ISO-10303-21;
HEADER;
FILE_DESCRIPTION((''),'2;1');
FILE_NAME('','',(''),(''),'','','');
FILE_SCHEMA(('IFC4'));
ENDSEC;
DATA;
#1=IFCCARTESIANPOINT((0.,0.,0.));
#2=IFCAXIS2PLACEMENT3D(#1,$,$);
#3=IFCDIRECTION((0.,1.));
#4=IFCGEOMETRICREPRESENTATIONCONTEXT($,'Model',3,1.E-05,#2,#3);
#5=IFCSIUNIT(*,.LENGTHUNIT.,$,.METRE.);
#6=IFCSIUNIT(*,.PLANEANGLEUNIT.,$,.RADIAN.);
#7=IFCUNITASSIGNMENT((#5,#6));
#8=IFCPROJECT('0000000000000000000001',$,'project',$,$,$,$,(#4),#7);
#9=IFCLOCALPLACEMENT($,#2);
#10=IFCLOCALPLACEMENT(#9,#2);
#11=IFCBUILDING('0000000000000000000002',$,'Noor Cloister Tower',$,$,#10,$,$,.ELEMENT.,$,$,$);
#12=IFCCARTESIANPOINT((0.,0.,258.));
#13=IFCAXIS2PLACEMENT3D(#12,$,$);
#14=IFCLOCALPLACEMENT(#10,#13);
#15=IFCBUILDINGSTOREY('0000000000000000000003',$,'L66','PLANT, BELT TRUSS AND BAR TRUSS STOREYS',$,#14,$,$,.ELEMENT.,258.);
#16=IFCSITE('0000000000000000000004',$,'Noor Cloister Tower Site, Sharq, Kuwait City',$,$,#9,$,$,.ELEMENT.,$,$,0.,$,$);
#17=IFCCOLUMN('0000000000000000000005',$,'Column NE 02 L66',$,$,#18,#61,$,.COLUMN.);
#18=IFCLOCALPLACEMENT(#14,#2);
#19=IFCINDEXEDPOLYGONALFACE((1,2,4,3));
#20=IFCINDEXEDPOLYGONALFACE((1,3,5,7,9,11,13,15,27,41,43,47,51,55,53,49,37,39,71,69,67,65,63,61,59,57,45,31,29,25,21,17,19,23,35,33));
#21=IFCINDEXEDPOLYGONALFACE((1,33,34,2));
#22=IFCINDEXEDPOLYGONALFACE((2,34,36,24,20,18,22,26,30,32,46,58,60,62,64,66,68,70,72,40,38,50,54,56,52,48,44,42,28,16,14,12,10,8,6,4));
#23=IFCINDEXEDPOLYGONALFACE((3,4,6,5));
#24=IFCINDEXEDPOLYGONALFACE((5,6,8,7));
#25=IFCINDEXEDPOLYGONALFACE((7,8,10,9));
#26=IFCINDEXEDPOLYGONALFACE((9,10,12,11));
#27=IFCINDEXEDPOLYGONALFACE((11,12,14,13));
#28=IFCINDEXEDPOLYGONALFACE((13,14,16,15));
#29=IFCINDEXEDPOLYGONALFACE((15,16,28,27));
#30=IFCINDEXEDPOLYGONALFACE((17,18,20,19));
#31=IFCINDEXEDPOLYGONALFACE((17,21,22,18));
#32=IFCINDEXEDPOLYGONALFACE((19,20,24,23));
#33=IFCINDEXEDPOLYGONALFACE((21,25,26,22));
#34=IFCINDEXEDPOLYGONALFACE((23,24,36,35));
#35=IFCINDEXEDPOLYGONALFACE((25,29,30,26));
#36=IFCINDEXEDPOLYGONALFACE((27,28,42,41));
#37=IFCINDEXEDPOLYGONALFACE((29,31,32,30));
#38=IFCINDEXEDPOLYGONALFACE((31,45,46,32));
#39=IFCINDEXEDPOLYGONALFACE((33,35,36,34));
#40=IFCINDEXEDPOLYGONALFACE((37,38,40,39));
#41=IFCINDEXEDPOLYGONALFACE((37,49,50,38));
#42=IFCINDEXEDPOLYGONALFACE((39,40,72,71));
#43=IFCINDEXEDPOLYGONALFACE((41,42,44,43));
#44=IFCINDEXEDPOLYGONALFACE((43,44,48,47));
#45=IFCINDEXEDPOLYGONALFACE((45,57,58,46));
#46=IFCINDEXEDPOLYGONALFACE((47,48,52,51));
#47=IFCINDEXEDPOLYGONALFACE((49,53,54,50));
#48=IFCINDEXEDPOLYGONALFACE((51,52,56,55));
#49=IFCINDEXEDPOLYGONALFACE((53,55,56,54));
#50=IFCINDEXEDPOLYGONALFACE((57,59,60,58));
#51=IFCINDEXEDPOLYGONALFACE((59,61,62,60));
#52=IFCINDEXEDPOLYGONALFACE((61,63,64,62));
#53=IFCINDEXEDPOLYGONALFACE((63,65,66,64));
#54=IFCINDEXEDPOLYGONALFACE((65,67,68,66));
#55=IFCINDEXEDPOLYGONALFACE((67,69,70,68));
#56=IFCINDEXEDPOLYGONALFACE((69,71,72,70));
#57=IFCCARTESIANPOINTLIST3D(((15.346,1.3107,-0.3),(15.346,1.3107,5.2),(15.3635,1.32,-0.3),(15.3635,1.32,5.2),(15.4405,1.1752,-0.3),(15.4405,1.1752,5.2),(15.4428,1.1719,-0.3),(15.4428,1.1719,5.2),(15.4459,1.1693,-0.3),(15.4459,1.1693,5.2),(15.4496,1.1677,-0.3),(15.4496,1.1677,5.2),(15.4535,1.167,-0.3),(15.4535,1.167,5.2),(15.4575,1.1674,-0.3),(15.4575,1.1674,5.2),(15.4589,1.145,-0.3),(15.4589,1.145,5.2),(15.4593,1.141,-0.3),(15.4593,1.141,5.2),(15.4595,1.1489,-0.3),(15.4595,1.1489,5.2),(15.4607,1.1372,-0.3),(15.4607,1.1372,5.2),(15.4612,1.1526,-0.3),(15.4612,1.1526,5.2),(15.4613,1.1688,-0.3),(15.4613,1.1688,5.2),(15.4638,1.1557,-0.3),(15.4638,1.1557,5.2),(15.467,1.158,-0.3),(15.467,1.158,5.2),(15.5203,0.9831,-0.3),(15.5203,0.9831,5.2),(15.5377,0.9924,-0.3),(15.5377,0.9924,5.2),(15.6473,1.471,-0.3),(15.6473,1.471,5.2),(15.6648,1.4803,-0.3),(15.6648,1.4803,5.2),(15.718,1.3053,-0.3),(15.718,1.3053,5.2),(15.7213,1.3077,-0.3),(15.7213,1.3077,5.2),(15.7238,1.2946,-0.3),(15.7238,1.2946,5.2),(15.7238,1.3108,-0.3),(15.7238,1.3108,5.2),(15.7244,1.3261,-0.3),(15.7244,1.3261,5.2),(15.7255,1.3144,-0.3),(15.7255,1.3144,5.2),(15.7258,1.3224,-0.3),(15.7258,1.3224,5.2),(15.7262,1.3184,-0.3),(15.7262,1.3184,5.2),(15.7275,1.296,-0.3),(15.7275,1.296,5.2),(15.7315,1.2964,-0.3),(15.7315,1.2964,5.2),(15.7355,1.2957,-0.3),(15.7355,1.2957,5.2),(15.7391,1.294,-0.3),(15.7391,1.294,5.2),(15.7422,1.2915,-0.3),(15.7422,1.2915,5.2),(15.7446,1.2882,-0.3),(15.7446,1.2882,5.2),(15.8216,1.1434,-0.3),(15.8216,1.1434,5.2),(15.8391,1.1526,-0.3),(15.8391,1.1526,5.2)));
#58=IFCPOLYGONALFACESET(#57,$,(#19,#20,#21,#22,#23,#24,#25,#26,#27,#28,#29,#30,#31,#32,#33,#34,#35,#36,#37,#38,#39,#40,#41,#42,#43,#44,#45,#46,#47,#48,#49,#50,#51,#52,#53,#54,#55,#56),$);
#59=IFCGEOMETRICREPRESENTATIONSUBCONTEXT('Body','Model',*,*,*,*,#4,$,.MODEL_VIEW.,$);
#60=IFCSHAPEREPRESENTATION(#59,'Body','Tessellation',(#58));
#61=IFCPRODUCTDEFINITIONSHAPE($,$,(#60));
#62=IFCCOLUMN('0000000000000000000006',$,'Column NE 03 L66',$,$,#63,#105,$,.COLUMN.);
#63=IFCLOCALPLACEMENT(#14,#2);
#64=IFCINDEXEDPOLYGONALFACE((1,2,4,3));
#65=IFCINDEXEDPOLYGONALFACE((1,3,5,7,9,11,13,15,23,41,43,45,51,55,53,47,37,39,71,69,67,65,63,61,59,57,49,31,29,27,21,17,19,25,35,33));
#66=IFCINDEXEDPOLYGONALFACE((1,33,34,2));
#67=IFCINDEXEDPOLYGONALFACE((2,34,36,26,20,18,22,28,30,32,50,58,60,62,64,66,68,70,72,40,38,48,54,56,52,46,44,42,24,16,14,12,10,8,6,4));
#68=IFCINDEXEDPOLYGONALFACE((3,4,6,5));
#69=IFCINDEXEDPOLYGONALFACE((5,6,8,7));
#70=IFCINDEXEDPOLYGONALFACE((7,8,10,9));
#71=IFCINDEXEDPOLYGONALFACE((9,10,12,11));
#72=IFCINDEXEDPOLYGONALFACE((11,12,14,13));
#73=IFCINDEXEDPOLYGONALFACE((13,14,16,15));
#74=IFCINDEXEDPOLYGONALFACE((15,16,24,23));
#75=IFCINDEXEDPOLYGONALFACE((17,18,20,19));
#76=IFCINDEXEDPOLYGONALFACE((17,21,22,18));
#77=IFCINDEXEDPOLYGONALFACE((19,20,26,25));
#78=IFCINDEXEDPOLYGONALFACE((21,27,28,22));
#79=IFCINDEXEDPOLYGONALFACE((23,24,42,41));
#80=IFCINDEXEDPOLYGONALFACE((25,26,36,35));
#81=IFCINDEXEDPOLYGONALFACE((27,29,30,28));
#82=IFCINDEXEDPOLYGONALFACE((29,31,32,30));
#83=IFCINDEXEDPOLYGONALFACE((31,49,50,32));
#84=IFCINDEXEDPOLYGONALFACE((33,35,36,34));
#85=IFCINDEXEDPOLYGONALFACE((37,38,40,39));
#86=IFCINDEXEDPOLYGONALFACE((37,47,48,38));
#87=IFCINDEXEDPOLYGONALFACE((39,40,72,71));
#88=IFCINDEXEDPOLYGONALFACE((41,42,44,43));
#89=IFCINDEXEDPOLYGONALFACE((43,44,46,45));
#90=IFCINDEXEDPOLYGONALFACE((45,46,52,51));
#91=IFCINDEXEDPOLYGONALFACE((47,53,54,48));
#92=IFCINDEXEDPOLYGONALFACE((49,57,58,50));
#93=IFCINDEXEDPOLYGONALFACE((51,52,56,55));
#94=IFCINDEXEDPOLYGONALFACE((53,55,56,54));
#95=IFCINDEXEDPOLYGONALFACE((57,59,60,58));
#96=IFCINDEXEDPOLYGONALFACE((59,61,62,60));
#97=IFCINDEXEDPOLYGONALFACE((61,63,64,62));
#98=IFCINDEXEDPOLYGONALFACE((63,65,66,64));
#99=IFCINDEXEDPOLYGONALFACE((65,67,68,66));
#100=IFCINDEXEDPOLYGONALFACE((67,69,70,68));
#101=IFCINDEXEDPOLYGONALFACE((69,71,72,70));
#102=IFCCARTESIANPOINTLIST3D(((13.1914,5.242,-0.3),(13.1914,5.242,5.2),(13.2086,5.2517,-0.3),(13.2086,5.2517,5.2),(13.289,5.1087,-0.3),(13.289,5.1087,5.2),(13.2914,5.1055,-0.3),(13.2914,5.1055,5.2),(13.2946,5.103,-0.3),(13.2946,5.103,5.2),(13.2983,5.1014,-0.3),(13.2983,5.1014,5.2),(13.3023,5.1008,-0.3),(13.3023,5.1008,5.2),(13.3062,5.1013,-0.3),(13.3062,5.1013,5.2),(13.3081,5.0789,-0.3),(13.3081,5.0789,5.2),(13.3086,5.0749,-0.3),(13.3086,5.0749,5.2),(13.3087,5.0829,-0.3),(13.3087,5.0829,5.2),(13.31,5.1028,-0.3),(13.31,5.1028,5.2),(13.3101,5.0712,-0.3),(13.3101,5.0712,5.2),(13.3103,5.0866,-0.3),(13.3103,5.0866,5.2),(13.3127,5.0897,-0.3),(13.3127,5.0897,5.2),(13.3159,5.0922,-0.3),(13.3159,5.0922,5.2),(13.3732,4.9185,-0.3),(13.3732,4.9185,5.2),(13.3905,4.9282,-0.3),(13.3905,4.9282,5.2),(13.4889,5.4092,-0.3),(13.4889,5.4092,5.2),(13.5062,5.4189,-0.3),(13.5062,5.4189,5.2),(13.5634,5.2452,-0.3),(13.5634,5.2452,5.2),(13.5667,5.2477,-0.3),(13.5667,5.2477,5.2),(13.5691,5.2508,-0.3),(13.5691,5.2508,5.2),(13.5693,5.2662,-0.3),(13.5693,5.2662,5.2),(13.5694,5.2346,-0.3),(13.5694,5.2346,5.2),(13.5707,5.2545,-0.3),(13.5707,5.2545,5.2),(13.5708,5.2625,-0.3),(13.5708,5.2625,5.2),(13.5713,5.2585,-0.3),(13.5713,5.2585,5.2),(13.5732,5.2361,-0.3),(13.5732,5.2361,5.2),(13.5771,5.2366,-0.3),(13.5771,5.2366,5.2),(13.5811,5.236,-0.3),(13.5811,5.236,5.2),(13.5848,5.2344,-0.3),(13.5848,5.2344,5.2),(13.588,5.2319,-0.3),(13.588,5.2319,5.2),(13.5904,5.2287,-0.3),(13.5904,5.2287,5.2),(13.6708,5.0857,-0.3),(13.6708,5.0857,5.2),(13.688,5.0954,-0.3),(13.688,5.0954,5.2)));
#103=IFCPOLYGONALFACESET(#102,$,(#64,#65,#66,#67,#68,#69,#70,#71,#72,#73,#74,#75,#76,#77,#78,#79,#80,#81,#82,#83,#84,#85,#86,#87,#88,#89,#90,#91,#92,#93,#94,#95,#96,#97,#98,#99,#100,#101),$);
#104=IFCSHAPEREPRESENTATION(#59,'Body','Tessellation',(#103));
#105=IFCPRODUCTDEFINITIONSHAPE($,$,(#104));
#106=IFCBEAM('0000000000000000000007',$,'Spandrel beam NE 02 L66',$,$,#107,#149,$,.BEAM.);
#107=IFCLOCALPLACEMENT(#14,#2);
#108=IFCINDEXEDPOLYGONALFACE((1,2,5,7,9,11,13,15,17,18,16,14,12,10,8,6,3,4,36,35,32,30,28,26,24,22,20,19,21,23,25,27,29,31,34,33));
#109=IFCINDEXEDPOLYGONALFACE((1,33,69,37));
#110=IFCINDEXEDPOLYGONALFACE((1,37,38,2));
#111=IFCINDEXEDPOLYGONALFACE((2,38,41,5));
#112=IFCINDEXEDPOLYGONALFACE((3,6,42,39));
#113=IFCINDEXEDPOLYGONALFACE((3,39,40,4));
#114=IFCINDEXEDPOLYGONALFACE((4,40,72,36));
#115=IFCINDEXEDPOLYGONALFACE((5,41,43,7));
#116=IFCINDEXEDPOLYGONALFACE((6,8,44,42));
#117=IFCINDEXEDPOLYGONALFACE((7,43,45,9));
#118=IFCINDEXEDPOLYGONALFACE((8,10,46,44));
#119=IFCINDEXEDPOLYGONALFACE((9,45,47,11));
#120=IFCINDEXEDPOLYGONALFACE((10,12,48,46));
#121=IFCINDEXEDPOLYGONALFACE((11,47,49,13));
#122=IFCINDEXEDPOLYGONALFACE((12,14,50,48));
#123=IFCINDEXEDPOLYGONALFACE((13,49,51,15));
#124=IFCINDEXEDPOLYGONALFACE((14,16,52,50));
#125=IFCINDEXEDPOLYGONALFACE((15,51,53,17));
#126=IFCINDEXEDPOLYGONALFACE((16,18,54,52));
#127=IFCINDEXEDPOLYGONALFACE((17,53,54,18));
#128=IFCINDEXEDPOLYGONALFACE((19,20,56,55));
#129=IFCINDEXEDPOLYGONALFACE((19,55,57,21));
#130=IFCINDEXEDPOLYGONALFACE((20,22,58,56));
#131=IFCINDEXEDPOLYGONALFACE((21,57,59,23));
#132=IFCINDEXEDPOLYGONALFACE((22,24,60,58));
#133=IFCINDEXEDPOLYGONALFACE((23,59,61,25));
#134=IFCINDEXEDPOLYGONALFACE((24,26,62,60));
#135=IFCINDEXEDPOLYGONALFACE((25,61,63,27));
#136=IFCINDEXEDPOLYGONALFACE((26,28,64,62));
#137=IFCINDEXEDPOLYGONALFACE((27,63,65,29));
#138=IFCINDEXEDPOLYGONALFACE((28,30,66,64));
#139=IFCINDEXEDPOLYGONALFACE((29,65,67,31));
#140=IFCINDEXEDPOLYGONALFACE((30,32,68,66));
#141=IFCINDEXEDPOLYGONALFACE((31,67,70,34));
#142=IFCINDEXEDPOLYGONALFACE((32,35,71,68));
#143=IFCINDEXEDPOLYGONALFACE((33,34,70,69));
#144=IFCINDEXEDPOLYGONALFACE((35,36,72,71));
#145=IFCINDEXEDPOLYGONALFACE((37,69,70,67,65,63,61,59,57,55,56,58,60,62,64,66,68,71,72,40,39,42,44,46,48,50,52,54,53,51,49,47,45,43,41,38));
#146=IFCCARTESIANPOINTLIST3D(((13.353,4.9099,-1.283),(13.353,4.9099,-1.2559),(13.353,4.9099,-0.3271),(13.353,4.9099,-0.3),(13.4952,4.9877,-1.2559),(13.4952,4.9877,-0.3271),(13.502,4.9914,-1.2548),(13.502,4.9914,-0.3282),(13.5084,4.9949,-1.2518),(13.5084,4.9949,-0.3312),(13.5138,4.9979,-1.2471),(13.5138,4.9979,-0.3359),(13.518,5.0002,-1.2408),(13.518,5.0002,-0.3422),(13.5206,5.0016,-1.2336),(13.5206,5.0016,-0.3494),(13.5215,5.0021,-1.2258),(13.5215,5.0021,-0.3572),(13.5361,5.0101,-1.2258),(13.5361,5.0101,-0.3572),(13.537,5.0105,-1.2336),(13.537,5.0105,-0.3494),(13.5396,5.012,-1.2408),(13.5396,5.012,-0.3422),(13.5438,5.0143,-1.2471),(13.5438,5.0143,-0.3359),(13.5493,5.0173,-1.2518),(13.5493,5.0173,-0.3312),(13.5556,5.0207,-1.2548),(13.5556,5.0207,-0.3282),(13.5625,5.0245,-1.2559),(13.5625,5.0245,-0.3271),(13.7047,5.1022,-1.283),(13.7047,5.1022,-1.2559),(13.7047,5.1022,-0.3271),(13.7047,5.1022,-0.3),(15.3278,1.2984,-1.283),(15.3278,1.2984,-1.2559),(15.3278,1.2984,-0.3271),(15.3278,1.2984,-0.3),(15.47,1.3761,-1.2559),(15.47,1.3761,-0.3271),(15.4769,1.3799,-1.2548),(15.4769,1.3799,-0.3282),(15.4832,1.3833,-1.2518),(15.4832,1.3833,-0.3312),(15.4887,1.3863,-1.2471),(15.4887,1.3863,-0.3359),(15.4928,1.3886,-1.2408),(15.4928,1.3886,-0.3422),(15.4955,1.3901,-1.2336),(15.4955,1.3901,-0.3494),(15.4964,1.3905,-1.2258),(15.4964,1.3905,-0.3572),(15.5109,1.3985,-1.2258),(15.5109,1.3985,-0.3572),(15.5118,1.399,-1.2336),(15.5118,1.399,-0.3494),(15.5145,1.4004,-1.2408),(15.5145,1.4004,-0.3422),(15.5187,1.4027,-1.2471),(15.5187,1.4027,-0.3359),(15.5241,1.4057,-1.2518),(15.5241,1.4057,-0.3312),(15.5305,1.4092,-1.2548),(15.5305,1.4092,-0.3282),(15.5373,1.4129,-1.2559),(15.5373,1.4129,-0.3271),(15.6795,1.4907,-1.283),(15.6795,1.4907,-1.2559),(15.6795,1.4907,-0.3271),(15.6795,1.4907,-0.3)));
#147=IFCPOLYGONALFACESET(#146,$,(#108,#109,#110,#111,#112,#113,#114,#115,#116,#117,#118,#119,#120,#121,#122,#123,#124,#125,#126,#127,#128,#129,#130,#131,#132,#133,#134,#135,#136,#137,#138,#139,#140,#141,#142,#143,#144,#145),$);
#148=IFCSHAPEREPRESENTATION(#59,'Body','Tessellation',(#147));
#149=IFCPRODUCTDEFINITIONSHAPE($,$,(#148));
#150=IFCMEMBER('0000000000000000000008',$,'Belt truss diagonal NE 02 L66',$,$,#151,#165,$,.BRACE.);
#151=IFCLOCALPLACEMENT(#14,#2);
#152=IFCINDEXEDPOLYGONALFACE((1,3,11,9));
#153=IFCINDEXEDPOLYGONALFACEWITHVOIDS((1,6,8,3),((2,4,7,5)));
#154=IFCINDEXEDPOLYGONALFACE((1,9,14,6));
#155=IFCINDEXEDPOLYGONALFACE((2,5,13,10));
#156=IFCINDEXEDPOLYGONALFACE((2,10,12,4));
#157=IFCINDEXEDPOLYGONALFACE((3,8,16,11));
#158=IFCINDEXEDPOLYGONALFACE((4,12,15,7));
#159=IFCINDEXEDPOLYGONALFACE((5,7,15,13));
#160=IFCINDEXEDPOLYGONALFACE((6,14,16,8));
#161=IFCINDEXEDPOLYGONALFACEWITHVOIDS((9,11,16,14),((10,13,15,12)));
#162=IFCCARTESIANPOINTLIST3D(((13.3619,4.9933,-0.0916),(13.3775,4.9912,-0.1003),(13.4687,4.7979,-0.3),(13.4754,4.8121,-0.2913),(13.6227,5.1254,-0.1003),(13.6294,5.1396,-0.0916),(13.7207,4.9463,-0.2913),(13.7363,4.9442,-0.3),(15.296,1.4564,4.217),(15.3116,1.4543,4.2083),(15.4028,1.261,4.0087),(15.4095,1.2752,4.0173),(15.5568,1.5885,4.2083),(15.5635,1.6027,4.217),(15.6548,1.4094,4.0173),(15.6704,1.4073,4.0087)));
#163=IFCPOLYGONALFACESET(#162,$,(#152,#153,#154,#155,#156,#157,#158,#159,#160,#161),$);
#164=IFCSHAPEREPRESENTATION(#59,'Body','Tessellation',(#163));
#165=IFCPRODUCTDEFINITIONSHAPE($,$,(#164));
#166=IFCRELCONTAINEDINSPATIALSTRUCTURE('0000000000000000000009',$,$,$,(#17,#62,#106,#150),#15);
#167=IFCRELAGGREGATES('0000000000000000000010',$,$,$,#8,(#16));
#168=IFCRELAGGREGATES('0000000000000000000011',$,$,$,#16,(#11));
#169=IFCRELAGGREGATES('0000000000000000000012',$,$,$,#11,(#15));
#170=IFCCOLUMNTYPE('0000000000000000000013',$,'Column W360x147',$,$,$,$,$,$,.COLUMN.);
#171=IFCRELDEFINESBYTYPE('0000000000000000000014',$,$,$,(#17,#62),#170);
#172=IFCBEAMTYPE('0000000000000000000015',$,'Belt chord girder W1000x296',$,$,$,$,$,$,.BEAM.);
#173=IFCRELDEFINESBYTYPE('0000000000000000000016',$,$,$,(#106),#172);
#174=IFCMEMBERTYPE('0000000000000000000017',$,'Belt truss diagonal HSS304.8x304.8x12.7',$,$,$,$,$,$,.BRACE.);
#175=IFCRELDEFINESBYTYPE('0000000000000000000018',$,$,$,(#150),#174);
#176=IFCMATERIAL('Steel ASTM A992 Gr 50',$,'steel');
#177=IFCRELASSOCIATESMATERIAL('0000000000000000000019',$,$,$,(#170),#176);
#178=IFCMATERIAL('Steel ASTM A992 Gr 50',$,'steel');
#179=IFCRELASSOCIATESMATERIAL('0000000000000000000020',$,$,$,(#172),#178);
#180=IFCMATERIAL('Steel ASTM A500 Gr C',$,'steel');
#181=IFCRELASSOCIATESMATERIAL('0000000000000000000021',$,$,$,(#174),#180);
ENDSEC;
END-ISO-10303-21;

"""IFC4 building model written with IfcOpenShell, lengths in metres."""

from ifc_helpers import new_model, si_unit, direction, frame, origin, origin_2d, place, context, subcontext, project, spatial, hollow_rectangle, i_section, extrude, material, material_profile, profile_set, type_object, element, save


model = new_model("IFC4")

# Units and contexts
model_context = context("Model", 3, precision=1e-05, world=origin(), true_north=direction((0.0, 1.0)))
body_context = subcontext(model_context, "Body", "Model", "MODEL_VIEW")
ifc_project = project(units=[si_unit("LENGTHUNIT", "METRE"), si_unit("PLANEANGLEUNIT", "RADIAN")], contexts=[model_context])

# Site, building, storey
site_placement = place(None, origin())
site = spatial("IfcSite", under=ifc_project, at=site_placement, Name="Noor Cloister Tower Site, Sharq, Kuwait City", CompositionType="ELEMENT", RefElevation=0.0)
building_placement = place(site_placement, origin())
building = spatial("IfcBuilding", under=site, at=building_placement, Name="Noor Cloister Tower", CompositionType="ELEMENT")
storey_placement = place(building_placement, frame((0.0, 0.0, 258.0)))
storey = spatial("IfcBuildingStorey", under=building, at=storey_placement, Name="L66", Description="PLANT, BELT TRUSS AND BAR TRUSS STOREYS", CompositionType="ELEMENT", Elevation=258.0)

# Columns
ifc_material_1 = material(Name="Steel ASTM A992 Gr 50", Category="steel")
ifc_material_profile_1 = material_profile(ifc_material_1, i_section(OverallWidth=0.3711, OverallDepth=0.3611, WebThickness=0.0122, FlangeThickness=0.0198, FilletRadius=0.0154, at=origin_2d()), Name="W360x147")
ifc_profile_set_1 = profile_set([ifc_material_profile_1], Name="Steel ASTM A992 Gr 50")
column_type = type_object("IfcColumnType", Name="Column W360x147", PredefinedType="COLUMN", material=ifc_profile_set_1)
for number, where, z_axis, x_axis, name in (
    (1, (15.5925, 1.2317, -0.3), (0.0, 0.0, 1.0), (-0.469576, 0.882892, 0.0), "Column NE 02 L66"),
    (2, (13.4397, 5.1687, -0.3), (0.0, 0.0, 1.0), (-0.489924, 0.871765, 0.0), "Column NE 03 L66"),
):
    element("IfcColumn", number, at=place(storey_placement, frame(where, z_axis=z_axis, x_axis=x_axis)), inside=storey, type_object=column_type, Name=name, PredefinedType="COLUMN", context=body_context, shape_type="SweptSolid", body=[
        extrude(i_section(OverallWidth=0.3711, OverallDepth=0.3611, WebThickness=0.0122, FlangeThickness=0.0198, FilletRadius=0.0154, at=origin_2d()), origin(), (0.0, 0.0, 1.0), 5.5),
    ])

# Beam
ifc_material_2 = material(Name="Steel ASTM A992 Gr 50", Category="steel")
ifc_material_profile_2 = material_profile(ifc_material_2, i_section(OverallWidth=0.4009, OverallDepth=0.9829, WebThickness=0.0166, FlangeThickness=0.0271, FilletRadius=0.03, at=origin_2d()), Name="W1000x296")
ifc_profile_set_2 = profile_set([ifc_material_profile_2], Name="Steel ASTM A992 Gr 50")
beam_type_1 = type_object("IfcBeamType", Name="Belt chord girder W1000x296", PredefinedType="BEAM", material=ifc_profile_set_2)
beam_1_placement = place(storey_placement, frame((15.5037, 1.3945, -0.7915), z_axis=(-0.47977, 0.877394, 0.0), x_axis=(-0.877394, -0.47977, 0.0)))
element("IfcBeam", 3, at=beam_1_placement, inside=storey, type_object=beam_type_1, Name="Spandrel beam NE 02 L66", PredefinedType="BEAM", context=body_context, shape_type="SweptSolid", body=[
    extrude(i_section(OverallWidth=0.4009, OverallDepth=0.9829, WebThickness=0.0166, FlangeThickness=0.0271, FilletRadius=0.03, at=origin_2d()), origin(), (0.0, 0.0, 1.0), 4.1162),
])

# Member
ifc_material_3 = material(Name="Steel ASTM A500 Gr C", Category="steel")
ifc_material_profile_3 = material_profile(ifc_material_3, hollow_rectangle(XDim=0.3049, YDim=0.3049, WallThickness=0.0127, at=origin_2d()), Name="HSS304.8x304.8x12.7")
ifc_profile_set_3 = profile_set([ifc_material_profile_3], Name="Steel ASTM A500 Gr C")
member_type = type_object("IfcMemberType", Name="Belt truss diagonal HSS304.8x304.8x12.7", PredefinedType="BRACE", material=ifc_profile_set_3)
member_placement = place(storey_placement, frame((13.5491, 4.9688, -0.1958), z_axis=(0.327791, -0.599434, 0.730227), x_axis=(0.877386, 0.479785, 0.0)))
element("IfcMember", 4, at=member_placement, inside=storey, type_object=member_type, Name="Belt truss diagonal NE 02 L66", PredefinedType="BRACE", context=body_context, shape_type="SweptSolid", body=[
    extrude(hollow_rectangle(XDim=0.3049, YDim=0.3049, WallThickness=0.0127, at=origin_2d()), origin(), (0.0, 0.0, 1.0), 5.9004),
])

save(model, "model.ifc")
